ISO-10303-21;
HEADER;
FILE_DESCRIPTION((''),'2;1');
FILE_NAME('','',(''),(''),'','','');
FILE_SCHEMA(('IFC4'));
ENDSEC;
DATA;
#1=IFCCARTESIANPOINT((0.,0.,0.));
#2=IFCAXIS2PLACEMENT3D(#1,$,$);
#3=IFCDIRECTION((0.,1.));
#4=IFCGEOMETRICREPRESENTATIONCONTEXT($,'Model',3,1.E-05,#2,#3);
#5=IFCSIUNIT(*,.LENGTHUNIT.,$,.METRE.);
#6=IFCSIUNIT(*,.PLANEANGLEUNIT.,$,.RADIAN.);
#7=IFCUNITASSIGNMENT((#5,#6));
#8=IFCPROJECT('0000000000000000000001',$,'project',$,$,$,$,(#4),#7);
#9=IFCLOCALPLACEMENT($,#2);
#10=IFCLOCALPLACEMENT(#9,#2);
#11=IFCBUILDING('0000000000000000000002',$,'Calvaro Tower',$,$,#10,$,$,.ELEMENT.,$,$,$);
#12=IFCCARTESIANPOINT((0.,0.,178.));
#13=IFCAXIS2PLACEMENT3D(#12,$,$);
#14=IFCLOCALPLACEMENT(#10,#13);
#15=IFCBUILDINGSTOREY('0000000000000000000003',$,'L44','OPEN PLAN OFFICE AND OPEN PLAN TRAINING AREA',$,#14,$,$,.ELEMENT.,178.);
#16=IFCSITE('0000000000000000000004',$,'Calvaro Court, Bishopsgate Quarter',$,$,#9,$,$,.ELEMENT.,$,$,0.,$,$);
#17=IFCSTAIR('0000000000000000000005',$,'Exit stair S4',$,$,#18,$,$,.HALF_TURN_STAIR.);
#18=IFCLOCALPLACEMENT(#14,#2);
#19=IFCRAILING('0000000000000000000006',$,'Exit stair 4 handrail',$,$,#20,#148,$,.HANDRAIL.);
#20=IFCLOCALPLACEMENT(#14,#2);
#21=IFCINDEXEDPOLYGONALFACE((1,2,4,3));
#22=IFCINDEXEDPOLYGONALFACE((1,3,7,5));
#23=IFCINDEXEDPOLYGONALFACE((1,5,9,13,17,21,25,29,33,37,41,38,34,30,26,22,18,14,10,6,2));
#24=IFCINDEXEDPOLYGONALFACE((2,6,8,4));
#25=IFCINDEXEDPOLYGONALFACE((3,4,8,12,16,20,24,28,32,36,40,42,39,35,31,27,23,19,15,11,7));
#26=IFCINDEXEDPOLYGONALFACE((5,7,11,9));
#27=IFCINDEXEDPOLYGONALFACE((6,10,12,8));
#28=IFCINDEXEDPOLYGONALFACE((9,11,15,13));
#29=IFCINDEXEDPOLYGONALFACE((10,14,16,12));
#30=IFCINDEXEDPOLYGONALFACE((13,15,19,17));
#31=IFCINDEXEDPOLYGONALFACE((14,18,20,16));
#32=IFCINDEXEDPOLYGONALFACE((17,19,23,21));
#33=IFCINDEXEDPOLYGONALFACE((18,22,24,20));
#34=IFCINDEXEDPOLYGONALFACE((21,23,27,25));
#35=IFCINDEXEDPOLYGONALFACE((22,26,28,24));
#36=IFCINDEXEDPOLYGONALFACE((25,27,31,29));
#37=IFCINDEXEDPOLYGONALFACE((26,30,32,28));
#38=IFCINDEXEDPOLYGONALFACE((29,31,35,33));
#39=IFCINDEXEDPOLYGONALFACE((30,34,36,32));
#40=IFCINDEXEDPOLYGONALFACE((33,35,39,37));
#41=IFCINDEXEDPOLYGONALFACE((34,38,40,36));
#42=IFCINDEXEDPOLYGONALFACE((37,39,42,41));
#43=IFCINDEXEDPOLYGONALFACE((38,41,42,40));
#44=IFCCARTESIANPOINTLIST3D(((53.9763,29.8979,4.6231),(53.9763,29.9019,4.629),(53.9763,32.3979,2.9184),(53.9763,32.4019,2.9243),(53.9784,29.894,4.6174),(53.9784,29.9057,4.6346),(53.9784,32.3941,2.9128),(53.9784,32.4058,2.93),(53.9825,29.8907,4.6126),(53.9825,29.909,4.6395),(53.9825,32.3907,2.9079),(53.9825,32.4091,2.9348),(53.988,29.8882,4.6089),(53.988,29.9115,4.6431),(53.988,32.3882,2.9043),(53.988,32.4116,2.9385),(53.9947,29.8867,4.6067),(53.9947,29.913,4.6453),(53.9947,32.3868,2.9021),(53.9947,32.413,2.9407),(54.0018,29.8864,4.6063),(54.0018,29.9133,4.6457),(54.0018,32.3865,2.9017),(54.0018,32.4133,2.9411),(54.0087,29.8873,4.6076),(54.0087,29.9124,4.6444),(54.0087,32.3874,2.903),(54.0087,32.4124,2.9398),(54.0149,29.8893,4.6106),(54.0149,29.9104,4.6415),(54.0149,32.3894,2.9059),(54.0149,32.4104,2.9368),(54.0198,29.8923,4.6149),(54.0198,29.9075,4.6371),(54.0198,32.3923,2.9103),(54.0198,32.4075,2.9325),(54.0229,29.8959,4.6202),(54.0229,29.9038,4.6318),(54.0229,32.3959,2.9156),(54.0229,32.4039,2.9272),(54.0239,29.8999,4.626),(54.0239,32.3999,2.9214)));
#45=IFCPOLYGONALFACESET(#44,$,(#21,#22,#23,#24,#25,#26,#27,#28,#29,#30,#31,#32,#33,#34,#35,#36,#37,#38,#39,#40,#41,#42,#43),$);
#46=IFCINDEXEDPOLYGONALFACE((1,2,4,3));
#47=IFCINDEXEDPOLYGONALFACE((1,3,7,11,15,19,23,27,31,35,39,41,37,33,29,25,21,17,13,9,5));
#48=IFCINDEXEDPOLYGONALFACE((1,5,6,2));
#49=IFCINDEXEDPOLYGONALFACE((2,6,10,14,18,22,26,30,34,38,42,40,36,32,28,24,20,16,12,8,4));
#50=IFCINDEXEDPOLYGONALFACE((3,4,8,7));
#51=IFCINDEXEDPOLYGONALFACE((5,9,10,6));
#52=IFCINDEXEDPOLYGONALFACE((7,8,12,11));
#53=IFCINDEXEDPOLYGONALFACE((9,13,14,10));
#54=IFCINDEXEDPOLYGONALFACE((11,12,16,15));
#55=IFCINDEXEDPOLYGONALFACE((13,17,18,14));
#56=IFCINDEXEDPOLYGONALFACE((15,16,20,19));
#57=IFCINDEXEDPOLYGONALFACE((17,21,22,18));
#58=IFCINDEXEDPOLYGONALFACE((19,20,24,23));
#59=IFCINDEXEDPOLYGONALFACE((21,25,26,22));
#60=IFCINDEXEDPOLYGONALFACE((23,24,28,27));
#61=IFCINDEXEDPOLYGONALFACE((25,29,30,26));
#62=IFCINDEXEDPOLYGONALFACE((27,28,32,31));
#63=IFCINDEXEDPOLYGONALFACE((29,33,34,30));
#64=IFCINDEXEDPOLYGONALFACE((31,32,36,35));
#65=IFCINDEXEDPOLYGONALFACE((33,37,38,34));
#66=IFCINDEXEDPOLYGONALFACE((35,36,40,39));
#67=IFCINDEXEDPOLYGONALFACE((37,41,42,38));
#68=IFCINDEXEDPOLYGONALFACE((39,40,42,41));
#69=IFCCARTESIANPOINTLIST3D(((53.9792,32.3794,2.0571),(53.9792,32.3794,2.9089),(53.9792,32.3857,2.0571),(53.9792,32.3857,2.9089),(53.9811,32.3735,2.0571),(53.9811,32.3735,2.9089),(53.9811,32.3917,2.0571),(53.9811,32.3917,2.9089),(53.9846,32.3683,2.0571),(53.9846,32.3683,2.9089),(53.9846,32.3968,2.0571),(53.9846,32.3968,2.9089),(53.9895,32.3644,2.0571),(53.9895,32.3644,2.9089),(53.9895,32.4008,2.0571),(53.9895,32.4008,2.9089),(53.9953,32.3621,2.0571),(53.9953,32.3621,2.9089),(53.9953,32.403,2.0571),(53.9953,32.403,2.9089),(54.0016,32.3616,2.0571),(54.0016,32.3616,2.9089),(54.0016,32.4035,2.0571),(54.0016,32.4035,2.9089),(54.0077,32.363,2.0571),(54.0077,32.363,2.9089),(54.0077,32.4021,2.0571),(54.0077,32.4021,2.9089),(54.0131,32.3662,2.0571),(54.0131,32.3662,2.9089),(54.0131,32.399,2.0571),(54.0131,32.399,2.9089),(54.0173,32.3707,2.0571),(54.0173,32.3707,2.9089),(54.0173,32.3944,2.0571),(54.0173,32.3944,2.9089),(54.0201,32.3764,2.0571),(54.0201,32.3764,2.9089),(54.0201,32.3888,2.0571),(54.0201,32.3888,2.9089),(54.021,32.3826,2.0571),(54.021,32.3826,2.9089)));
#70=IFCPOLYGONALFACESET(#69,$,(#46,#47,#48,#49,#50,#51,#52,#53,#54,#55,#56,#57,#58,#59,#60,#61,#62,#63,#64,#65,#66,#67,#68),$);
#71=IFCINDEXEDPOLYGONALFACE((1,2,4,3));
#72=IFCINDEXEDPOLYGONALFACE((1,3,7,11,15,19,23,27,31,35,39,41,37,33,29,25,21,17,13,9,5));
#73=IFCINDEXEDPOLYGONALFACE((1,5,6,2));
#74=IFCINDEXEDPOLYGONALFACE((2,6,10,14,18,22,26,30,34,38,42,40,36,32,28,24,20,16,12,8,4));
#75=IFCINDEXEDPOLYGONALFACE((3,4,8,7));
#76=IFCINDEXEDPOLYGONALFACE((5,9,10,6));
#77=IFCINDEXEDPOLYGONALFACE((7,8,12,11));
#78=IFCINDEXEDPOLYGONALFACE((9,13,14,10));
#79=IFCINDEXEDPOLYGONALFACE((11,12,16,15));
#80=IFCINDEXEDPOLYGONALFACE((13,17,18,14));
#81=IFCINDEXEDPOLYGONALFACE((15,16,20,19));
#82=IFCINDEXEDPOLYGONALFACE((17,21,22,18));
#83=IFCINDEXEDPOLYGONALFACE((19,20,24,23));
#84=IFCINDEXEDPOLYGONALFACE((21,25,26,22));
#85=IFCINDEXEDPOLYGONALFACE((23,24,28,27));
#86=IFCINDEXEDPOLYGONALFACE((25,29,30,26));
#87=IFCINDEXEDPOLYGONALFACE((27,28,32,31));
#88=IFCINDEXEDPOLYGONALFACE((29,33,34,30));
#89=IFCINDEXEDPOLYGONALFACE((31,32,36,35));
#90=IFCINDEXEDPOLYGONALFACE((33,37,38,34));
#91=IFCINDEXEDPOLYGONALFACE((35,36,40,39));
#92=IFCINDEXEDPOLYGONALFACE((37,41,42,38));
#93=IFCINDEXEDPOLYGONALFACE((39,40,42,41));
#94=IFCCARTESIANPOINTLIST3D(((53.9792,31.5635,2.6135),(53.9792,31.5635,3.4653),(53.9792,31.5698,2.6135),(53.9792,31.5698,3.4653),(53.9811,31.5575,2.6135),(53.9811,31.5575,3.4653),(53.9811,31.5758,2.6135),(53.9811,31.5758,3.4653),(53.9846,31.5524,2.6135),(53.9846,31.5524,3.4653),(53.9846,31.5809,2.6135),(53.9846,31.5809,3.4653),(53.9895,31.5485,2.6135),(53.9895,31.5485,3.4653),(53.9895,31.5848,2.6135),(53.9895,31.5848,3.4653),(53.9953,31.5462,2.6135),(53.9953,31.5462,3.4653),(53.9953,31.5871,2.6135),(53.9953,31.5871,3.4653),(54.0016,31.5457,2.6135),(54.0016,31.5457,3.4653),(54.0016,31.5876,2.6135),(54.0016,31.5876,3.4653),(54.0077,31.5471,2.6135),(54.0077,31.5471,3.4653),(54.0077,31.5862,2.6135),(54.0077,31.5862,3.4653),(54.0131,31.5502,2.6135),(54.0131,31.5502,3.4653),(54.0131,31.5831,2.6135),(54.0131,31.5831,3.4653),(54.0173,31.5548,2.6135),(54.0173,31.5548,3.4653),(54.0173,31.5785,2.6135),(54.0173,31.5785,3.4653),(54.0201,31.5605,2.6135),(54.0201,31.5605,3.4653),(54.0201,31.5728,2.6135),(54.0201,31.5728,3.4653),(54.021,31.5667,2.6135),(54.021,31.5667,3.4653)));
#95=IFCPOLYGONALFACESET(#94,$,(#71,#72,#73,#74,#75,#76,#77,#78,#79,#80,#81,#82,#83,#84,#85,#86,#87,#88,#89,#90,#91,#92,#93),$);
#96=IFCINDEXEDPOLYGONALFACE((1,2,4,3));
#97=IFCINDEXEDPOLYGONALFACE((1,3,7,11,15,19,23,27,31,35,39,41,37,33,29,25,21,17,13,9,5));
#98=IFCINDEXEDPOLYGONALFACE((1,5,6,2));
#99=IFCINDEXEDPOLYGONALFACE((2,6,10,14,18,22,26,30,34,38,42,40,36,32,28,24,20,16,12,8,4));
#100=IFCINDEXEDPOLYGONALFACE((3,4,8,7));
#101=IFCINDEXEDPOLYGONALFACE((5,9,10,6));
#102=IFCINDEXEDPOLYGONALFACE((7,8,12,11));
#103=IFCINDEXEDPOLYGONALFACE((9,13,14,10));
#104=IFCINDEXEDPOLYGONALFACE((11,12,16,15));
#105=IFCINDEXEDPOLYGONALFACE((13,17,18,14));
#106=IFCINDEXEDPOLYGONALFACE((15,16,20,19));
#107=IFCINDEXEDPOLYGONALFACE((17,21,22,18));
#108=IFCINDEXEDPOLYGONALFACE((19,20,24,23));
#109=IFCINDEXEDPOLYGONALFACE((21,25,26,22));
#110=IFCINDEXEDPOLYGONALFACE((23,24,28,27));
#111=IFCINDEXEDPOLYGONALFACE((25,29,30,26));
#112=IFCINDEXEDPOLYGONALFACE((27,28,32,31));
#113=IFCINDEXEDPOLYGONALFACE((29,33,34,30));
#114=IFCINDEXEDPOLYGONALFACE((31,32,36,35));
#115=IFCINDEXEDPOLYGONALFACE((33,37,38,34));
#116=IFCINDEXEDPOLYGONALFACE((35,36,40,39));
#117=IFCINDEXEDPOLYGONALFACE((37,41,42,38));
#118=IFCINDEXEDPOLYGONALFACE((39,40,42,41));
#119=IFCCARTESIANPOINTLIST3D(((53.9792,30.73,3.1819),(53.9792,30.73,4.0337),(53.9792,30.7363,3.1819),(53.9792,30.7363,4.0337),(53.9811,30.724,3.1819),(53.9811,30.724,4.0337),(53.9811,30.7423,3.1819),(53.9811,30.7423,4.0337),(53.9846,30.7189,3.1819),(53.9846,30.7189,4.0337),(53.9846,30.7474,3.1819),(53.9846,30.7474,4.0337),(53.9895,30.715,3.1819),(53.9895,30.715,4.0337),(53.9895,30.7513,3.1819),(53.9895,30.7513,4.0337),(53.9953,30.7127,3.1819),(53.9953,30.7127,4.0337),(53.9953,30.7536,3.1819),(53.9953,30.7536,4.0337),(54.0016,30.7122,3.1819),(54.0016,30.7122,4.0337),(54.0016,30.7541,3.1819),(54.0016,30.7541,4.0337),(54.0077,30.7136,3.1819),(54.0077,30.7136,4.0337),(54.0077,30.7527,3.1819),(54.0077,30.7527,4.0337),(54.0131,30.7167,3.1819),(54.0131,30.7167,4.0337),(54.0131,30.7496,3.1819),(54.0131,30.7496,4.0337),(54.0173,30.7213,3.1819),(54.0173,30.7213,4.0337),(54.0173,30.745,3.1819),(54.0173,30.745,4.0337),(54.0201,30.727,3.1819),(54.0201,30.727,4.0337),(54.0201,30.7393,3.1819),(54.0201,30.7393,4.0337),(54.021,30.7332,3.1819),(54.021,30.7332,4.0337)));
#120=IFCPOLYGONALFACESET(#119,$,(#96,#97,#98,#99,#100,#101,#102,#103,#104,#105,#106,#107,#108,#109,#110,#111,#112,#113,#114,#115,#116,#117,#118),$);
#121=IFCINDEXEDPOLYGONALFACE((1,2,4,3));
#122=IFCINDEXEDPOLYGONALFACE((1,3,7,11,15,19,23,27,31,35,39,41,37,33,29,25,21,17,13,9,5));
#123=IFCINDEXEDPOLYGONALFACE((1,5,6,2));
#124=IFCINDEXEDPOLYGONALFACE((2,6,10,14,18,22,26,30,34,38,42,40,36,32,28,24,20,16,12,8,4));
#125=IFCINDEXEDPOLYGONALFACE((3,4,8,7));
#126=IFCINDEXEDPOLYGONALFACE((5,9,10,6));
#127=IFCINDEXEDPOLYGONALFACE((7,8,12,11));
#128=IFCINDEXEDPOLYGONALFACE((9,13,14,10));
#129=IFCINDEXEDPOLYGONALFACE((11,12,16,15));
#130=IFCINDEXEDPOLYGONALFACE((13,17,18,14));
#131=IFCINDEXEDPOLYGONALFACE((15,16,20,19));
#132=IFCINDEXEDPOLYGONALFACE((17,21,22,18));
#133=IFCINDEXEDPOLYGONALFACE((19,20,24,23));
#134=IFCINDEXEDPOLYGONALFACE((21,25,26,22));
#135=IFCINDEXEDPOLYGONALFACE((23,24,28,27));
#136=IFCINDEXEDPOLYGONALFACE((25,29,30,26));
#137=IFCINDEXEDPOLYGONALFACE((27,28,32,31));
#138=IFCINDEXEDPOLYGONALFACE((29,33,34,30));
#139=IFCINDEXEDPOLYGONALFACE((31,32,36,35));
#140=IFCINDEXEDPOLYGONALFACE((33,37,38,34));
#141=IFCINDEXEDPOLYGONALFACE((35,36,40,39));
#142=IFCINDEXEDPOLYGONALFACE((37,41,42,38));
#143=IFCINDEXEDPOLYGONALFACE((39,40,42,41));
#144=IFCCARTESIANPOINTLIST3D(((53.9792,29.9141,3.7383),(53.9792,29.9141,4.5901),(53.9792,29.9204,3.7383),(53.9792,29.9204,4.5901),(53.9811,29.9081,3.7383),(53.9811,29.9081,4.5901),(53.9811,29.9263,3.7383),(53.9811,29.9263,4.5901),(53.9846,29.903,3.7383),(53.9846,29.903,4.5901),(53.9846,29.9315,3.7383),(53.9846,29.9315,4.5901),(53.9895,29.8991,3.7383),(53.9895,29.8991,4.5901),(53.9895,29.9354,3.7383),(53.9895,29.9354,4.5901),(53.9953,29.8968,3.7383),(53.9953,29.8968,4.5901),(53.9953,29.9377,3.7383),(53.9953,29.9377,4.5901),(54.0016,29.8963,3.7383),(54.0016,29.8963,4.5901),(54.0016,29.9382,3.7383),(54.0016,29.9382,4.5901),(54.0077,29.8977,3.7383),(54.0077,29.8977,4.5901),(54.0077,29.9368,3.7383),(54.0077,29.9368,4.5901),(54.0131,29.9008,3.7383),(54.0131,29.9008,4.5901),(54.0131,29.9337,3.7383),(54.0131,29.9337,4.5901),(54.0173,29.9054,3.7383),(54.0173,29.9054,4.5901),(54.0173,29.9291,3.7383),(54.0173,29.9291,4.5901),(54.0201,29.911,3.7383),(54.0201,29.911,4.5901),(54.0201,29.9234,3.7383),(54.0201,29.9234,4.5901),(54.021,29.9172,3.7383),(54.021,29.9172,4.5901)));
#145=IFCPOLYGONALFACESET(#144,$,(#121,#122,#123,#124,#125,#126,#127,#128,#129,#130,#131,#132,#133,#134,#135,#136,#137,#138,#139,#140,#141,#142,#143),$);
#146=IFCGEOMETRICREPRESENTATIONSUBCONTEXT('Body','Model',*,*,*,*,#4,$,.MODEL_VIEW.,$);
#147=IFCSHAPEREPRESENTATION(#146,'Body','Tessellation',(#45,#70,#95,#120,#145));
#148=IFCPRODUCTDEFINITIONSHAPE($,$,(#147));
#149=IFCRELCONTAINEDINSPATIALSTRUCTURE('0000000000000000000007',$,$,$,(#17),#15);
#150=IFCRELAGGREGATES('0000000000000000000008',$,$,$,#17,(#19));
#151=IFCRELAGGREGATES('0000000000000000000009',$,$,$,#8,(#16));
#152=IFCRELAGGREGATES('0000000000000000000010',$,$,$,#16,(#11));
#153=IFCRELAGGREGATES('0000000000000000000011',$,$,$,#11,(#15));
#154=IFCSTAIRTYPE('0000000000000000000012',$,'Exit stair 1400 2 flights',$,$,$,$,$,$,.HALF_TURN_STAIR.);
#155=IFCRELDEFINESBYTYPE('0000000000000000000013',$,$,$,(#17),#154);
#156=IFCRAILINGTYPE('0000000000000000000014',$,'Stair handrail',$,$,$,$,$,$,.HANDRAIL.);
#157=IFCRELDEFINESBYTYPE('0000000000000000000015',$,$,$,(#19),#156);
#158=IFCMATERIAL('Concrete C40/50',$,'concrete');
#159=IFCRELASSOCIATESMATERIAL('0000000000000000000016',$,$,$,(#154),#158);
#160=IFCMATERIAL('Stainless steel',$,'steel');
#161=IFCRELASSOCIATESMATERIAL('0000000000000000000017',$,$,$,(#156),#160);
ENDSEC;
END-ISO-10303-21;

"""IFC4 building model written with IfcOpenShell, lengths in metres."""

from ifc_helpers import new_model, si_unit, direction, frame, origin, origin_2d, place, context, subcontext, project, spatial, circle, extrude, material, type_object, element, aggregate, save


model = new_model("IFC4")

# Units and contexts
model_context = context("Model", 3, precision=1e-05, world=origin(), true_north=direction((0.0, 1.0)))
body_context = subcontext(model_context, "Body", "Model", "MODEL_VIEW")
ifc_project = project(units=[si_unit("LENGTHUNIT", "METRE"), si_unit("PLANEANGLEUNIT", "RADIAN")], contexts=[model_context])

# Site, building, storey
site_placement = place(None, origin())
site = spatial("IfcSite", under=ifc_project, at=site_placement, Name="Calvaro Court, Bishopsgate Quarter", CompositionType="ELEMENT", RefElevation=0.0)
building_placement = place(site_placement, origin())
building = spatial("IfcBuilding", under=site, at=building_placement, Name="Calvaro Tower", CompositionType="ELEMENT")
storey_placement = place(building_placement, frame((0.0, 0.0, 178.0)))
storey = spatial("IfcBuildingStorey", under=building, at=storey_placement, Name="L44", Description="OPEN PLAN OFFICE AND OPEN PLAN TRAINING AREA", CompositionType="ELEMENT", Elevation=178.0)

# Stair
ifc_material_1 = material(Name="Concrete C40/50", Category="concrete")
stair_type = type_object("IfcStairType", Name="Exit stair 1400 2 flights", PredefinedType="HALF_TURN_STAIR", material=ifc_material_1)
stair_1_placement = place(storey_placement, origin())
stair_1 = element("IfcStair", 1, at=stair_1_placement, inside=storey, type_object=stair_type, Name="Exit stair S4", PredefinedType="HALF_TURN_STAIR")

# Railing
ifc_material_2 = material(Name="Stainless steel", Category="steel")
railing_type = type_object("IfcRailingType", Name="Stair handrail", PredefinedType="HANDRAIL", material=ifc_material_2)
railing_1_placement = place(storey_placement, frame((54.0, 32.3999, 2.0454)))
railing_1 = element("IfcRailing", 2, at=railing_1_placement, type_object=railing_type, Name="Exit stair 4 handrail", PredefinedType="HANDRAIL", context=body_context, shape_type="SweptSolid", body=[
    extrude(circle(Radius=0.0239, at=origin_2d()), frame((0.0, 0.0, 0.876), z_axis=(0.0, -0.826221, 0.563347), x_axis=(1.0, 0.0, 0.0)), (0.0, 0.0, 1.0), 3.0259),
    extrude(circle(Radius=0.021, at=origin_2d()), frame((0.0, -0.0173, 0.0117)), (0.0, 0.0, 1.0), 0.8518),
    extrude(circle(Radius=0.021, at=origin_2d()), frame((0.0, -0.8333, 0.5681)), (0.0, 0.0, 1.0), 0.8518),
    extrude(circle(Radius=0.021, at=origin_2d()), frame((0.0, -1.6667, 1.1365)), (0.0, 0.0, 1.0), 0.8518),
    extrude(circle(Radius=0.021, at=origin_2d()), frame((0.0, -2.4827, 1.6929)), (0.0, 0.0, 1.0), 0.8518),
])
aggregate(stair_1, [railing_1])

save(model, "model.ifc")
